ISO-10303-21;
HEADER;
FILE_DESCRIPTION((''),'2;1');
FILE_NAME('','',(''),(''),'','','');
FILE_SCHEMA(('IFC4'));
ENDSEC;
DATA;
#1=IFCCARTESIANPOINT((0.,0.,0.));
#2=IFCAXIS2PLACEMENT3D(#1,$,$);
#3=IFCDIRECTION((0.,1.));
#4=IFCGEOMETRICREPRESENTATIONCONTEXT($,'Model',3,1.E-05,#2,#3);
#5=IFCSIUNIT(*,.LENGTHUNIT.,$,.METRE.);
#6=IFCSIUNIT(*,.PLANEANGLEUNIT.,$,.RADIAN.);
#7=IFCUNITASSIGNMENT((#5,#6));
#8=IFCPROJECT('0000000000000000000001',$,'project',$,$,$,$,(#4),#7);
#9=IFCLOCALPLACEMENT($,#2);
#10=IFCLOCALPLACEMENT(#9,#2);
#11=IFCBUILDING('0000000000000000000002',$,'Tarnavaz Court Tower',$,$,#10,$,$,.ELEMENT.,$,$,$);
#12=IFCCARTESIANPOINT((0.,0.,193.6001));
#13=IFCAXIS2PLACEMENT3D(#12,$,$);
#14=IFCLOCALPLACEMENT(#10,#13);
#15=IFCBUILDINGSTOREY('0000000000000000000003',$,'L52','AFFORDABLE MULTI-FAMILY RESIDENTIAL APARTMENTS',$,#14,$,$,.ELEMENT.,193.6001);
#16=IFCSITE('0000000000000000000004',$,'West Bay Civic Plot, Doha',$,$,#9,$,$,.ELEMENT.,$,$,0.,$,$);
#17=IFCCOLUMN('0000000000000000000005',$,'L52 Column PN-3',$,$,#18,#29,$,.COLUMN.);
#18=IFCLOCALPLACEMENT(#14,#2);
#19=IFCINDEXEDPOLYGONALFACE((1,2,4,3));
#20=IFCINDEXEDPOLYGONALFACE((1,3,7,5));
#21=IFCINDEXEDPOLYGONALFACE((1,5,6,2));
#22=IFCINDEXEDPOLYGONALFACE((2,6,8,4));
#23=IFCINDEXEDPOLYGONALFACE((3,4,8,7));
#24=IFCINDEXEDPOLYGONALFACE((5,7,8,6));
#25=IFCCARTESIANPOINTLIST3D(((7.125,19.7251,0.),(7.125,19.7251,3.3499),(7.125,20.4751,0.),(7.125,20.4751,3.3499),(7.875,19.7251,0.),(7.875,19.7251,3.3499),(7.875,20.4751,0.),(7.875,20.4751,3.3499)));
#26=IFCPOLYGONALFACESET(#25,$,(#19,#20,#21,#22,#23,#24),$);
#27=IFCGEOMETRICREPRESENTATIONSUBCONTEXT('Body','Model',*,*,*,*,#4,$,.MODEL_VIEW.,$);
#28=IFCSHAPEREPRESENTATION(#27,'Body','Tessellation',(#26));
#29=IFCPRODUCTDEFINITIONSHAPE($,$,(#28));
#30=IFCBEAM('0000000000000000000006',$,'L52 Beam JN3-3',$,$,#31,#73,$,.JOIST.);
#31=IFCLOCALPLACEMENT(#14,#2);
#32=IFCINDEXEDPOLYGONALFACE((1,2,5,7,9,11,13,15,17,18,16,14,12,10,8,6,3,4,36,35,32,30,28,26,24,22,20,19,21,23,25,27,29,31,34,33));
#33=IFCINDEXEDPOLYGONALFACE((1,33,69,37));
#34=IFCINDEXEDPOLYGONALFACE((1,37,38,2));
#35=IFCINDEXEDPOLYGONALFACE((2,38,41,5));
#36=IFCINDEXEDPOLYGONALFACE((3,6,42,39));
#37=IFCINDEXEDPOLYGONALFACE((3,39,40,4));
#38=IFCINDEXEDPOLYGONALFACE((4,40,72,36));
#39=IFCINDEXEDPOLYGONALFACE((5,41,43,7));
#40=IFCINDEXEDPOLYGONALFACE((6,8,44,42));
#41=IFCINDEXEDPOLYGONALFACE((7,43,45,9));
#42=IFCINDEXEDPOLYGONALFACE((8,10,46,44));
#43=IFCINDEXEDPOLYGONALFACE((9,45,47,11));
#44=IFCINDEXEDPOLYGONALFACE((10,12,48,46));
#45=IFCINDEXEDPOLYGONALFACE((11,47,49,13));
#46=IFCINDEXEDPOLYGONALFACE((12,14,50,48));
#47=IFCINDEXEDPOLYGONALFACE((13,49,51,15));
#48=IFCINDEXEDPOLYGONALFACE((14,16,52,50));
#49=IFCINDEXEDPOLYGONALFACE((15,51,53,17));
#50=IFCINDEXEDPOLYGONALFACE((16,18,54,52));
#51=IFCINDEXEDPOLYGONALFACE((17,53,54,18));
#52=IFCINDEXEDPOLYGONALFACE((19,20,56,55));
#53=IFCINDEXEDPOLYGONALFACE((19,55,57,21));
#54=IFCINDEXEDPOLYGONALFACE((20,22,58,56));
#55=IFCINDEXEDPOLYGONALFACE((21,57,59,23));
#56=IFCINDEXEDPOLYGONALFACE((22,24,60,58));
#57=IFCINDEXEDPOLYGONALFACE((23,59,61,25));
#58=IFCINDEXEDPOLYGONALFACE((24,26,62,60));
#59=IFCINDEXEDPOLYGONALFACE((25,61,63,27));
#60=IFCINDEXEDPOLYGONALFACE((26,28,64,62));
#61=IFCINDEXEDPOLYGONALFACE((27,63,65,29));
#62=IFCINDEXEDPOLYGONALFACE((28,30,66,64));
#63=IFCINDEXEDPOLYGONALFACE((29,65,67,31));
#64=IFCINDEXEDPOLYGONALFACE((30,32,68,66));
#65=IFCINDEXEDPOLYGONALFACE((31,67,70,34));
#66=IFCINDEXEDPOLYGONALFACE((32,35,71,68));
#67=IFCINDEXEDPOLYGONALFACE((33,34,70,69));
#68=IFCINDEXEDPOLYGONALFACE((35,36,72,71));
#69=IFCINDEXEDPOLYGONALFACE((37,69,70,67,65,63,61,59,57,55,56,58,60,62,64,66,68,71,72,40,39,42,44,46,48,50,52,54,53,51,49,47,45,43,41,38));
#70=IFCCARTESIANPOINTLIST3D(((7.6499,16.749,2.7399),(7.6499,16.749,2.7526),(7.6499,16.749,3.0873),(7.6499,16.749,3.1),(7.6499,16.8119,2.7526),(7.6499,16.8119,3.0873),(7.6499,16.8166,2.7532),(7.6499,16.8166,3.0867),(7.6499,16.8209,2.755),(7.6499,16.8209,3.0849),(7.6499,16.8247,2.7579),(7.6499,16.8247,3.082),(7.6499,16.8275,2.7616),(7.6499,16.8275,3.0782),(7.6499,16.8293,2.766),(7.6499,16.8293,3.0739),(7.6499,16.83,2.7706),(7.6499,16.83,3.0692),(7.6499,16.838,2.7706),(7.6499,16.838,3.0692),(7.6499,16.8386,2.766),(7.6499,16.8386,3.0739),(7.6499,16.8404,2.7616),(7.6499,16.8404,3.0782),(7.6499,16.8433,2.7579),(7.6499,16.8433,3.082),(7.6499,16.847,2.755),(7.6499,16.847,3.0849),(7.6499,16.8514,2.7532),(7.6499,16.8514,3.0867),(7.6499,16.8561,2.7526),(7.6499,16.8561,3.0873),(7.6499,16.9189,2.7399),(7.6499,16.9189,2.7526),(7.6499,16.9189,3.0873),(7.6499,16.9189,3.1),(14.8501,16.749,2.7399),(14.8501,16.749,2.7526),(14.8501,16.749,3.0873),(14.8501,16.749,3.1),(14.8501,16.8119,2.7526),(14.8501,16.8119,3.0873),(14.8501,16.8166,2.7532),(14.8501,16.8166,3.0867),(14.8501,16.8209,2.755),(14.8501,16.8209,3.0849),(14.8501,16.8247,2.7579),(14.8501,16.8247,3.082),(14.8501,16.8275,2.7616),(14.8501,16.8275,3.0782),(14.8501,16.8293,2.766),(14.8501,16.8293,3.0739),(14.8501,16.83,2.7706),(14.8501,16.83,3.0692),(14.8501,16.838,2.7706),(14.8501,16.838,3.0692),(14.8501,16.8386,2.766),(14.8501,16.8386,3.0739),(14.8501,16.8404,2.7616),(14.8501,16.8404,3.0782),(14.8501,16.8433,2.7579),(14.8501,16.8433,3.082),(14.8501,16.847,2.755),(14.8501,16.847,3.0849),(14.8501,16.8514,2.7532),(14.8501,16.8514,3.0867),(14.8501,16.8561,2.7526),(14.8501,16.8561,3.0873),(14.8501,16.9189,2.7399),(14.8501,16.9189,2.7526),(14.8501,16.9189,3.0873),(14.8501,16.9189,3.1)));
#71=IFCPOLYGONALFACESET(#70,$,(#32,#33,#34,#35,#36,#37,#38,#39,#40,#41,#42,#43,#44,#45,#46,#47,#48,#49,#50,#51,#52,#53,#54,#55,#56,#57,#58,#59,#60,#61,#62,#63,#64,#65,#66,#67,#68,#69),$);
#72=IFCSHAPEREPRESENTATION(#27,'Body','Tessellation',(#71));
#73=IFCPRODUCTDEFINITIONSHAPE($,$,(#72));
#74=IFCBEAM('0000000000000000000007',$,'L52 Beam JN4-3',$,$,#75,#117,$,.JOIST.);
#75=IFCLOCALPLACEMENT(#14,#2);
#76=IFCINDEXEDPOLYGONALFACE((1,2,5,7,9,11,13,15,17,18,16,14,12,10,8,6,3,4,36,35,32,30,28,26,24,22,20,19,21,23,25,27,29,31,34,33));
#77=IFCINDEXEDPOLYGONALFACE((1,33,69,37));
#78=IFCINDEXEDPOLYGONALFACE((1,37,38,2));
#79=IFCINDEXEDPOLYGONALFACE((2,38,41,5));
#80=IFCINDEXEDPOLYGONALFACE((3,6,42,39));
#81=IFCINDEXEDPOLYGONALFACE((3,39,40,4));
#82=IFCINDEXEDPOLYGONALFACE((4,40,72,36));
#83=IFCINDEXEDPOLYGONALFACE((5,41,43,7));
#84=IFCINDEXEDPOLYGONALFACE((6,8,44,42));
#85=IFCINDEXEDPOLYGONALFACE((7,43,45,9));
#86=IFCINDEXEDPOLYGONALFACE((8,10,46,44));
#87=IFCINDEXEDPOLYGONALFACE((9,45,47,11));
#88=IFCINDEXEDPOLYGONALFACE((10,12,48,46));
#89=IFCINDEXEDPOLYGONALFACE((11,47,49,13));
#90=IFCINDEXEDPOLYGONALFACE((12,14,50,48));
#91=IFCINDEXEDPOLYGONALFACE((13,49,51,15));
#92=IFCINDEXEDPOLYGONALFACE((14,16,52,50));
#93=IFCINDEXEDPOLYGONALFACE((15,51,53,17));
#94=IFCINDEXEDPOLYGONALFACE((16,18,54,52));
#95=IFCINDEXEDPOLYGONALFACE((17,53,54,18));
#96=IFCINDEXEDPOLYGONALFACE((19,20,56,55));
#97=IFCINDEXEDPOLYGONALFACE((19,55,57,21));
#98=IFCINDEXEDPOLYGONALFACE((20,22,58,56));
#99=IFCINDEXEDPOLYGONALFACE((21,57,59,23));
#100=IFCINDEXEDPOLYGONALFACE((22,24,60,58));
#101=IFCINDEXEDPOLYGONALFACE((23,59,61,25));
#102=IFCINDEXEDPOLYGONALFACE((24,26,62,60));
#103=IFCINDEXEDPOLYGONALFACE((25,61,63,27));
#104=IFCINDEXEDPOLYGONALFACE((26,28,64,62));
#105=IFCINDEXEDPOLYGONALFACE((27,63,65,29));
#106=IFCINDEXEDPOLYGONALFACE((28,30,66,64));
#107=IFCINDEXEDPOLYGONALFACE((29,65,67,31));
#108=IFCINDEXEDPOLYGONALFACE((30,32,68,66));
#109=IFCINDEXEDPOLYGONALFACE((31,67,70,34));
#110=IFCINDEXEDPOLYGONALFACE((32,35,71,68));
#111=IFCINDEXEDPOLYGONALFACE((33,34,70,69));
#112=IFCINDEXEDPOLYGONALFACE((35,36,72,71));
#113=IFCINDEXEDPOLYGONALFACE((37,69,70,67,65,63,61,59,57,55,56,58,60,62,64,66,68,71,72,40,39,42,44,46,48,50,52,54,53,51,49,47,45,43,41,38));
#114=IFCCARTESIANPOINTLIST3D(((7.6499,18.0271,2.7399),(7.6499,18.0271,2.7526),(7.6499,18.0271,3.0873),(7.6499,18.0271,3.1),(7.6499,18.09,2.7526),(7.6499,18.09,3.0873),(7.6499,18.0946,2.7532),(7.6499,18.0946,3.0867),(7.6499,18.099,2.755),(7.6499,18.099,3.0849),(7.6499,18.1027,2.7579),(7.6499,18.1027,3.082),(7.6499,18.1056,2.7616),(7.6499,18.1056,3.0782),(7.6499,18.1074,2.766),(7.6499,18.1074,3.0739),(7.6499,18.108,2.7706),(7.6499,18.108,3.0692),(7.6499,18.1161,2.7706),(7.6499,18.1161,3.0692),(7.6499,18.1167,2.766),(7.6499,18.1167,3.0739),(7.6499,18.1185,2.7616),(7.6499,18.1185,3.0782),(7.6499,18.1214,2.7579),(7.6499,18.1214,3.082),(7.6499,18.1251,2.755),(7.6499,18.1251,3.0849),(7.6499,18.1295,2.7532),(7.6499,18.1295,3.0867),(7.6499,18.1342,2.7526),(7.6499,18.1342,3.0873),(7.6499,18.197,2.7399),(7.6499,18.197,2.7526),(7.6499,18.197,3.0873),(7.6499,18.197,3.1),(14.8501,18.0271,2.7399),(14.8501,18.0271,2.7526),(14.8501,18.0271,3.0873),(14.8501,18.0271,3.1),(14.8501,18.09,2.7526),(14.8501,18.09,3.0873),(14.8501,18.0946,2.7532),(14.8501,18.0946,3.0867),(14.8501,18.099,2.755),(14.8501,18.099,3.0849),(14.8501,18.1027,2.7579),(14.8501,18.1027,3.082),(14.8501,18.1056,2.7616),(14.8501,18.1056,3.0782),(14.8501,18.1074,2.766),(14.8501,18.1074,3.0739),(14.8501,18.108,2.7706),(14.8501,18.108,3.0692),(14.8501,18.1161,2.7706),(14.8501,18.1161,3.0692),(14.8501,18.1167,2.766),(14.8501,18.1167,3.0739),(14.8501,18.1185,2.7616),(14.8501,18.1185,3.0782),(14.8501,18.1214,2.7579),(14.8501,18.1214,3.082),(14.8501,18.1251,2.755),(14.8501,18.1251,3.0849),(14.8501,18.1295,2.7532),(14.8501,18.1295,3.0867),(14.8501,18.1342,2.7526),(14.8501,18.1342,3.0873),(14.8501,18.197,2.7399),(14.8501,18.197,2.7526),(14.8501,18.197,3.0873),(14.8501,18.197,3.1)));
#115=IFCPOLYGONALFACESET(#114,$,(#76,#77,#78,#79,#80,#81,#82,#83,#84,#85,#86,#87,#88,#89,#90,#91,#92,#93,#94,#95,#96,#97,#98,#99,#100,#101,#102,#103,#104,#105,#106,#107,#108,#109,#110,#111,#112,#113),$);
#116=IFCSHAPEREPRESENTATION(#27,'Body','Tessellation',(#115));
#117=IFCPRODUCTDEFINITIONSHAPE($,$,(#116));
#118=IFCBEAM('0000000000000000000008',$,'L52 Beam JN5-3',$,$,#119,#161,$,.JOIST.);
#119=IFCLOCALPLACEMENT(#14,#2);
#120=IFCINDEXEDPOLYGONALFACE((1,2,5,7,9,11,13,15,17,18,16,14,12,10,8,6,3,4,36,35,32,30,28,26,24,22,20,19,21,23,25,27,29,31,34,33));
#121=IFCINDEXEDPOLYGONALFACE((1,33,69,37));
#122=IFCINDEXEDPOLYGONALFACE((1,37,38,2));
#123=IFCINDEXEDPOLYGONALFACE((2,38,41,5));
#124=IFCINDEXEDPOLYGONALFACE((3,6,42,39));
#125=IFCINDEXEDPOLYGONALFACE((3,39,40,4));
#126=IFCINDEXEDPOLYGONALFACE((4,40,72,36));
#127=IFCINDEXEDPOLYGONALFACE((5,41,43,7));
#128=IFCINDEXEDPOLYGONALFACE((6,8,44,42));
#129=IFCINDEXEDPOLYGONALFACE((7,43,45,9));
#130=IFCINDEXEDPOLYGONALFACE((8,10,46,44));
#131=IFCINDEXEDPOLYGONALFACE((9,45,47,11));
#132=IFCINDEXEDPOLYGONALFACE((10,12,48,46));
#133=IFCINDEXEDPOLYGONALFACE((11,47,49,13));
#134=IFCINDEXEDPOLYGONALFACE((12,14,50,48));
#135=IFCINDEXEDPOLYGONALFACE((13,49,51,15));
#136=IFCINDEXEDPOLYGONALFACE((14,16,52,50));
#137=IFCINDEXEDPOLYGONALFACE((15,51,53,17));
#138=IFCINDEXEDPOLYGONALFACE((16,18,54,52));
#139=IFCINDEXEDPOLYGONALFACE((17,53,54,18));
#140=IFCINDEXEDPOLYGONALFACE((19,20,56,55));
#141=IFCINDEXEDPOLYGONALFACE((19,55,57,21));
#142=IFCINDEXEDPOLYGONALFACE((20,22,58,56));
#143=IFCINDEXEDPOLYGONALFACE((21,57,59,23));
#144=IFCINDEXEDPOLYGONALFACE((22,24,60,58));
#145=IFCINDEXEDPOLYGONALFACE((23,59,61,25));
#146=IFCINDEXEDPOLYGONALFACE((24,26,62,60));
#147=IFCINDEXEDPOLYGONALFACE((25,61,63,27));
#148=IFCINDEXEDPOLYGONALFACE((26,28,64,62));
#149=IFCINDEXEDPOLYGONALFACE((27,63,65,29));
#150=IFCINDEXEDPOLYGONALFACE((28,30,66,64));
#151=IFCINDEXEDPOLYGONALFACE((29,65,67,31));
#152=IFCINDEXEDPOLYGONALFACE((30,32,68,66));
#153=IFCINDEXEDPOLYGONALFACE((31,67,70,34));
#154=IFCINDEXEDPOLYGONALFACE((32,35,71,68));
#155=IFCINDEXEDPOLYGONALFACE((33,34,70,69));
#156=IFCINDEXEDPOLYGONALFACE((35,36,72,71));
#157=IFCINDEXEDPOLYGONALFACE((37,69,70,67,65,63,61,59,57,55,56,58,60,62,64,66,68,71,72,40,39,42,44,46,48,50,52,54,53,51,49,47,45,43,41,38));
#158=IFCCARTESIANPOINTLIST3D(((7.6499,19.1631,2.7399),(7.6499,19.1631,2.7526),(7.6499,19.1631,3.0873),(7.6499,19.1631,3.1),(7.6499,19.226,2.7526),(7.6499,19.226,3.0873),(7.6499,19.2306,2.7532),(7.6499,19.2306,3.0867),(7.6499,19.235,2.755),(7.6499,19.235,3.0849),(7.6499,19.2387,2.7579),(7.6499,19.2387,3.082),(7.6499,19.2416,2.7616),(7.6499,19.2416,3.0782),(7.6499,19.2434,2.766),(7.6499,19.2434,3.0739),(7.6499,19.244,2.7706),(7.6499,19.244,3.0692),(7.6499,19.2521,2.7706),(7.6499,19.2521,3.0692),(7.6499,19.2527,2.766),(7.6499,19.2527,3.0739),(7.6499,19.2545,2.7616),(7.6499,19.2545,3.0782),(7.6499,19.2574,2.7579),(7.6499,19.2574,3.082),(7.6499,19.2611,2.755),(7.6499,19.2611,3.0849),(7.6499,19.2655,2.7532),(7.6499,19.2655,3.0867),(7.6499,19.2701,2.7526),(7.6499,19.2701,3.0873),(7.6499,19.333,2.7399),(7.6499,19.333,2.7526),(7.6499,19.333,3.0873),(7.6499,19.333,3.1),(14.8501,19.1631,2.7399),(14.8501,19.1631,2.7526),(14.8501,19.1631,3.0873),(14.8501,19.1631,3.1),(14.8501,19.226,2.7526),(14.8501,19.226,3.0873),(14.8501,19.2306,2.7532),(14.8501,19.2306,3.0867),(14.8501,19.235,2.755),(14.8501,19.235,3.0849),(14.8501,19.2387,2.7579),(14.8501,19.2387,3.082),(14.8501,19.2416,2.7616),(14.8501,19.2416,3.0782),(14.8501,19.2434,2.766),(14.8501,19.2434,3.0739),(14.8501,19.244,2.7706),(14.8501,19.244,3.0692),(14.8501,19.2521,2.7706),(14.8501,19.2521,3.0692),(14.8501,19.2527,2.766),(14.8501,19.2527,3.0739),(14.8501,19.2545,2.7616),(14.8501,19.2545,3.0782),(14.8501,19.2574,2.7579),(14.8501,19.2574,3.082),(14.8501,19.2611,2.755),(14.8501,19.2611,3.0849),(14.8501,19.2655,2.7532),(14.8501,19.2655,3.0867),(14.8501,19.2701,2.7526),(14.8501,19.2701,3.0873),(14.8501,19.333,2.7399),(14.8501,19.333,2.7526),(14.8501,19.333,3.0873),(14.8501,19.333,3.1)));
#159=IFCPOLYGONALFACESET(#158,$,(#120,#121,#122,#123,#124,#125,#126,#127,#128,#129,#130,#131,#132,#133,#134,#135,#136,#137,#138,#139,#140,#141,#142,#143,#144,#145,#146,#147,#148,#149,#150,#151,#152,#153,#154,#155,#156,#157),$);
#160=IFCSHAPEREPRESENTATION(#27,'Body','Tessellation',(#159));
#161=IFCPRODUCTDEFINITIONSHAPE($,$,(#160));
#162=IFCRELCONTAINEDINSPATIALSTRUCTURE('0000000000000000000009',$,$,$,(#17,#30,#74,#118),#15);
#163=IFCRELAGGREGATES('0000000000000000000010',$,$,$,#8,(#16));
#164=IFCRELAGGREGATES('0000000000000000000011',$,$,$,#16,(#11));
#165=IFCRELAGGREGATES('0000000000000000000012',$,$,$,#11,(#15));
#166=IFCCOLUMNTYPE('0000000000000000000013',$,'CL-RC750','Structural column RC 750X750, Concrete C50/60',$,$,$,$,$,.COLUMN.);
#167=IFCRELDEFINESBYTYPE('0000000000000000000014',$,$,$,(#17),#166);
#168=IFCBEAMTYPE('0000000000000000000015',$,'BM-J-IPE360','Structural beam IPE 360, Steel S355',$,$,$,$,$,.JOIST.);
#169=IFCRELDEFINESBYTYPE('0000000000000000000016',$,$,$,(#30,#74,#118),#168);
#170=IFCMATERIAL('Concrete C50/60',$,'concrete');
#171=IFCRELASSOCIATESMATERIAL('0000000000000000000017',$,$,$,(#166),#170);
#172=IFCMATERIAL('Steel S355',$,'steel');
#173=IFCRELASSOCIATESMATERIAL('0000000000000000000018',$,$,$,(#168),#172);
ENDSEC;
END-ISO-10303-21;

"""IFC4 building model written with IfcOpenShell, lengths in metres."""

from ifc_helpers import new_model, si_unit, direction, frame, origin, origin_2d, place, context, subcontext, project, spatial, rectangle, i_section, extrude, material, material_profile, profile_set, type_object, element, save


model = new_model("IFC4")

# Units and contexts
model_context = context("Model", 3, precision=1e-05, world=origin(), true_north=direction((0.0, 1.0)))
body_context = subcontext(model_context, "Body", "Model", "MODEL_VIEW")
ifc_project = project(units=[si_unit("LENGTHUNIT", "METRE"), si_unit("PLANEANGLEUNIT", "RADIAN")], contexts=[model_context])

# Site, building, storey
site_placement = place(None, origin())
site = spatial("IfcSite", under=ifc_project, at=site_placement, Name="West Bay Civic Plot, Doha", CompositionType="ELEMENT", RefElevation=0.0)
building_placement = place(site_placement, origin())
building = spatial("IfcBuilding", under=site, at=building_placement, Name="Tarnavaz Court Tower", CompositionType="ELEMENT")
storey_placement = place(building_placement, frame((0.0, 0.0, 193.6001)))
storey = spatial("IfcBuildingStorey", under=building, at=storey_placement, Name="L52", Description="AFFORDABLE MULTI-FAMILY RESIDENTIAL APARTMENTS", CompositionType="ELEMENT", Elevation=193.6001)

# Column
ifc_material_1 = material(Name="Concrete C50/60", Category="concrete")
ifc_material_profile_1 = material_profile(ifc_material_1, rectangle(XDim=0.75, YDim=0.75, at=origin_2d()), Name="RC 750X750")
ifc_profile_set_1 = profile_set([ifc_material_profile_1], Name="Concrete C50/60")
column_type = type_object("IfcColumnType", Name="CL-RC750", Description="Structural column RC 750X750, Concrete C50/60", PredefinedType="COLUMN", material=ifc_profile_set_1)
column_placement = place(storey_placement, frame((7.5, 20.1001, 0.0), z_axis=(0.0, 0.0, 1.0), x_axis=(1.0, 0.0, 0.0)))
element("IfcColumn", 1, at=column_placement, inside=storey, type_object=column_type, Name="L52 Column PN-3", PredefinedType="COLUMN", context=body_context, shape_type="SweptSolid", body=[
    extrude(rectangle(XDim=0.75, YDim=0.75, at=origin_2d()), origin(), (0.0, 0.0, 1.0), 3.3499),
])

# Beams
ifc_material_2 = material(Name="Steel S355", Category="steel")
ifc_material_profile_2 = material_profile(ifc_material_2, i_section(OverallWidth=0.1699, OverallDepth=0.3601, WebThickness=0.0081, FlangeThickness=0.0127, FilletRadius=0.0181, at=origin_2d()), Name="IPE 360")
ifc_profile_set_2 = profile_set([ifc_material_profile_2], Name="Steel S355")
beam_type_1 = type_object("IfcBeamType", Name="BM-J-IPE360", Description="Structural beam IPE 360, Steel S355", PredefinedType="JOIST", material=ifc_profile_set_2)
for number, where, z_axis, x_axis, name in (
    (2, (7.6499, 16.834, 2.9199), (1.0, 0.0, 0.0), (0.0, 1.0, 0.0), "L52 Beam JN3-3"),
    (3, (7.6499, 18.1121, 2.9199), (1.0, 0.0, 0.0), (0.0, 1.0, 0.0), "L52 Beam JN4-3"),
    (4, (7.6499, 19.248, 2.9199), (1.0, 0.0, 0.0), (0.0, 1.0, 0.0), "L52 Beam JN5-3"),
):
    element("IfcBeam", number, at=place(storey_placement, frame(where, z_axis=z_axis, x_axis=x_axis)), inside=storey, type_object=beam_type_1, Name=name, PredefinedType="JOIST", context=body_context, shape_type="SweptSolid", body=[
        extrude(i_section(OverallWidth=0.1699, OverallDepth=0.3601, WebThickness=0.0081, FlangeThickness=0.0127, FilletRadius=0.0181, at=origin_2d()), origin(), (0.0, 0.0, 1.0), 7.2002),
    ])

save(model, "model.ifc")
